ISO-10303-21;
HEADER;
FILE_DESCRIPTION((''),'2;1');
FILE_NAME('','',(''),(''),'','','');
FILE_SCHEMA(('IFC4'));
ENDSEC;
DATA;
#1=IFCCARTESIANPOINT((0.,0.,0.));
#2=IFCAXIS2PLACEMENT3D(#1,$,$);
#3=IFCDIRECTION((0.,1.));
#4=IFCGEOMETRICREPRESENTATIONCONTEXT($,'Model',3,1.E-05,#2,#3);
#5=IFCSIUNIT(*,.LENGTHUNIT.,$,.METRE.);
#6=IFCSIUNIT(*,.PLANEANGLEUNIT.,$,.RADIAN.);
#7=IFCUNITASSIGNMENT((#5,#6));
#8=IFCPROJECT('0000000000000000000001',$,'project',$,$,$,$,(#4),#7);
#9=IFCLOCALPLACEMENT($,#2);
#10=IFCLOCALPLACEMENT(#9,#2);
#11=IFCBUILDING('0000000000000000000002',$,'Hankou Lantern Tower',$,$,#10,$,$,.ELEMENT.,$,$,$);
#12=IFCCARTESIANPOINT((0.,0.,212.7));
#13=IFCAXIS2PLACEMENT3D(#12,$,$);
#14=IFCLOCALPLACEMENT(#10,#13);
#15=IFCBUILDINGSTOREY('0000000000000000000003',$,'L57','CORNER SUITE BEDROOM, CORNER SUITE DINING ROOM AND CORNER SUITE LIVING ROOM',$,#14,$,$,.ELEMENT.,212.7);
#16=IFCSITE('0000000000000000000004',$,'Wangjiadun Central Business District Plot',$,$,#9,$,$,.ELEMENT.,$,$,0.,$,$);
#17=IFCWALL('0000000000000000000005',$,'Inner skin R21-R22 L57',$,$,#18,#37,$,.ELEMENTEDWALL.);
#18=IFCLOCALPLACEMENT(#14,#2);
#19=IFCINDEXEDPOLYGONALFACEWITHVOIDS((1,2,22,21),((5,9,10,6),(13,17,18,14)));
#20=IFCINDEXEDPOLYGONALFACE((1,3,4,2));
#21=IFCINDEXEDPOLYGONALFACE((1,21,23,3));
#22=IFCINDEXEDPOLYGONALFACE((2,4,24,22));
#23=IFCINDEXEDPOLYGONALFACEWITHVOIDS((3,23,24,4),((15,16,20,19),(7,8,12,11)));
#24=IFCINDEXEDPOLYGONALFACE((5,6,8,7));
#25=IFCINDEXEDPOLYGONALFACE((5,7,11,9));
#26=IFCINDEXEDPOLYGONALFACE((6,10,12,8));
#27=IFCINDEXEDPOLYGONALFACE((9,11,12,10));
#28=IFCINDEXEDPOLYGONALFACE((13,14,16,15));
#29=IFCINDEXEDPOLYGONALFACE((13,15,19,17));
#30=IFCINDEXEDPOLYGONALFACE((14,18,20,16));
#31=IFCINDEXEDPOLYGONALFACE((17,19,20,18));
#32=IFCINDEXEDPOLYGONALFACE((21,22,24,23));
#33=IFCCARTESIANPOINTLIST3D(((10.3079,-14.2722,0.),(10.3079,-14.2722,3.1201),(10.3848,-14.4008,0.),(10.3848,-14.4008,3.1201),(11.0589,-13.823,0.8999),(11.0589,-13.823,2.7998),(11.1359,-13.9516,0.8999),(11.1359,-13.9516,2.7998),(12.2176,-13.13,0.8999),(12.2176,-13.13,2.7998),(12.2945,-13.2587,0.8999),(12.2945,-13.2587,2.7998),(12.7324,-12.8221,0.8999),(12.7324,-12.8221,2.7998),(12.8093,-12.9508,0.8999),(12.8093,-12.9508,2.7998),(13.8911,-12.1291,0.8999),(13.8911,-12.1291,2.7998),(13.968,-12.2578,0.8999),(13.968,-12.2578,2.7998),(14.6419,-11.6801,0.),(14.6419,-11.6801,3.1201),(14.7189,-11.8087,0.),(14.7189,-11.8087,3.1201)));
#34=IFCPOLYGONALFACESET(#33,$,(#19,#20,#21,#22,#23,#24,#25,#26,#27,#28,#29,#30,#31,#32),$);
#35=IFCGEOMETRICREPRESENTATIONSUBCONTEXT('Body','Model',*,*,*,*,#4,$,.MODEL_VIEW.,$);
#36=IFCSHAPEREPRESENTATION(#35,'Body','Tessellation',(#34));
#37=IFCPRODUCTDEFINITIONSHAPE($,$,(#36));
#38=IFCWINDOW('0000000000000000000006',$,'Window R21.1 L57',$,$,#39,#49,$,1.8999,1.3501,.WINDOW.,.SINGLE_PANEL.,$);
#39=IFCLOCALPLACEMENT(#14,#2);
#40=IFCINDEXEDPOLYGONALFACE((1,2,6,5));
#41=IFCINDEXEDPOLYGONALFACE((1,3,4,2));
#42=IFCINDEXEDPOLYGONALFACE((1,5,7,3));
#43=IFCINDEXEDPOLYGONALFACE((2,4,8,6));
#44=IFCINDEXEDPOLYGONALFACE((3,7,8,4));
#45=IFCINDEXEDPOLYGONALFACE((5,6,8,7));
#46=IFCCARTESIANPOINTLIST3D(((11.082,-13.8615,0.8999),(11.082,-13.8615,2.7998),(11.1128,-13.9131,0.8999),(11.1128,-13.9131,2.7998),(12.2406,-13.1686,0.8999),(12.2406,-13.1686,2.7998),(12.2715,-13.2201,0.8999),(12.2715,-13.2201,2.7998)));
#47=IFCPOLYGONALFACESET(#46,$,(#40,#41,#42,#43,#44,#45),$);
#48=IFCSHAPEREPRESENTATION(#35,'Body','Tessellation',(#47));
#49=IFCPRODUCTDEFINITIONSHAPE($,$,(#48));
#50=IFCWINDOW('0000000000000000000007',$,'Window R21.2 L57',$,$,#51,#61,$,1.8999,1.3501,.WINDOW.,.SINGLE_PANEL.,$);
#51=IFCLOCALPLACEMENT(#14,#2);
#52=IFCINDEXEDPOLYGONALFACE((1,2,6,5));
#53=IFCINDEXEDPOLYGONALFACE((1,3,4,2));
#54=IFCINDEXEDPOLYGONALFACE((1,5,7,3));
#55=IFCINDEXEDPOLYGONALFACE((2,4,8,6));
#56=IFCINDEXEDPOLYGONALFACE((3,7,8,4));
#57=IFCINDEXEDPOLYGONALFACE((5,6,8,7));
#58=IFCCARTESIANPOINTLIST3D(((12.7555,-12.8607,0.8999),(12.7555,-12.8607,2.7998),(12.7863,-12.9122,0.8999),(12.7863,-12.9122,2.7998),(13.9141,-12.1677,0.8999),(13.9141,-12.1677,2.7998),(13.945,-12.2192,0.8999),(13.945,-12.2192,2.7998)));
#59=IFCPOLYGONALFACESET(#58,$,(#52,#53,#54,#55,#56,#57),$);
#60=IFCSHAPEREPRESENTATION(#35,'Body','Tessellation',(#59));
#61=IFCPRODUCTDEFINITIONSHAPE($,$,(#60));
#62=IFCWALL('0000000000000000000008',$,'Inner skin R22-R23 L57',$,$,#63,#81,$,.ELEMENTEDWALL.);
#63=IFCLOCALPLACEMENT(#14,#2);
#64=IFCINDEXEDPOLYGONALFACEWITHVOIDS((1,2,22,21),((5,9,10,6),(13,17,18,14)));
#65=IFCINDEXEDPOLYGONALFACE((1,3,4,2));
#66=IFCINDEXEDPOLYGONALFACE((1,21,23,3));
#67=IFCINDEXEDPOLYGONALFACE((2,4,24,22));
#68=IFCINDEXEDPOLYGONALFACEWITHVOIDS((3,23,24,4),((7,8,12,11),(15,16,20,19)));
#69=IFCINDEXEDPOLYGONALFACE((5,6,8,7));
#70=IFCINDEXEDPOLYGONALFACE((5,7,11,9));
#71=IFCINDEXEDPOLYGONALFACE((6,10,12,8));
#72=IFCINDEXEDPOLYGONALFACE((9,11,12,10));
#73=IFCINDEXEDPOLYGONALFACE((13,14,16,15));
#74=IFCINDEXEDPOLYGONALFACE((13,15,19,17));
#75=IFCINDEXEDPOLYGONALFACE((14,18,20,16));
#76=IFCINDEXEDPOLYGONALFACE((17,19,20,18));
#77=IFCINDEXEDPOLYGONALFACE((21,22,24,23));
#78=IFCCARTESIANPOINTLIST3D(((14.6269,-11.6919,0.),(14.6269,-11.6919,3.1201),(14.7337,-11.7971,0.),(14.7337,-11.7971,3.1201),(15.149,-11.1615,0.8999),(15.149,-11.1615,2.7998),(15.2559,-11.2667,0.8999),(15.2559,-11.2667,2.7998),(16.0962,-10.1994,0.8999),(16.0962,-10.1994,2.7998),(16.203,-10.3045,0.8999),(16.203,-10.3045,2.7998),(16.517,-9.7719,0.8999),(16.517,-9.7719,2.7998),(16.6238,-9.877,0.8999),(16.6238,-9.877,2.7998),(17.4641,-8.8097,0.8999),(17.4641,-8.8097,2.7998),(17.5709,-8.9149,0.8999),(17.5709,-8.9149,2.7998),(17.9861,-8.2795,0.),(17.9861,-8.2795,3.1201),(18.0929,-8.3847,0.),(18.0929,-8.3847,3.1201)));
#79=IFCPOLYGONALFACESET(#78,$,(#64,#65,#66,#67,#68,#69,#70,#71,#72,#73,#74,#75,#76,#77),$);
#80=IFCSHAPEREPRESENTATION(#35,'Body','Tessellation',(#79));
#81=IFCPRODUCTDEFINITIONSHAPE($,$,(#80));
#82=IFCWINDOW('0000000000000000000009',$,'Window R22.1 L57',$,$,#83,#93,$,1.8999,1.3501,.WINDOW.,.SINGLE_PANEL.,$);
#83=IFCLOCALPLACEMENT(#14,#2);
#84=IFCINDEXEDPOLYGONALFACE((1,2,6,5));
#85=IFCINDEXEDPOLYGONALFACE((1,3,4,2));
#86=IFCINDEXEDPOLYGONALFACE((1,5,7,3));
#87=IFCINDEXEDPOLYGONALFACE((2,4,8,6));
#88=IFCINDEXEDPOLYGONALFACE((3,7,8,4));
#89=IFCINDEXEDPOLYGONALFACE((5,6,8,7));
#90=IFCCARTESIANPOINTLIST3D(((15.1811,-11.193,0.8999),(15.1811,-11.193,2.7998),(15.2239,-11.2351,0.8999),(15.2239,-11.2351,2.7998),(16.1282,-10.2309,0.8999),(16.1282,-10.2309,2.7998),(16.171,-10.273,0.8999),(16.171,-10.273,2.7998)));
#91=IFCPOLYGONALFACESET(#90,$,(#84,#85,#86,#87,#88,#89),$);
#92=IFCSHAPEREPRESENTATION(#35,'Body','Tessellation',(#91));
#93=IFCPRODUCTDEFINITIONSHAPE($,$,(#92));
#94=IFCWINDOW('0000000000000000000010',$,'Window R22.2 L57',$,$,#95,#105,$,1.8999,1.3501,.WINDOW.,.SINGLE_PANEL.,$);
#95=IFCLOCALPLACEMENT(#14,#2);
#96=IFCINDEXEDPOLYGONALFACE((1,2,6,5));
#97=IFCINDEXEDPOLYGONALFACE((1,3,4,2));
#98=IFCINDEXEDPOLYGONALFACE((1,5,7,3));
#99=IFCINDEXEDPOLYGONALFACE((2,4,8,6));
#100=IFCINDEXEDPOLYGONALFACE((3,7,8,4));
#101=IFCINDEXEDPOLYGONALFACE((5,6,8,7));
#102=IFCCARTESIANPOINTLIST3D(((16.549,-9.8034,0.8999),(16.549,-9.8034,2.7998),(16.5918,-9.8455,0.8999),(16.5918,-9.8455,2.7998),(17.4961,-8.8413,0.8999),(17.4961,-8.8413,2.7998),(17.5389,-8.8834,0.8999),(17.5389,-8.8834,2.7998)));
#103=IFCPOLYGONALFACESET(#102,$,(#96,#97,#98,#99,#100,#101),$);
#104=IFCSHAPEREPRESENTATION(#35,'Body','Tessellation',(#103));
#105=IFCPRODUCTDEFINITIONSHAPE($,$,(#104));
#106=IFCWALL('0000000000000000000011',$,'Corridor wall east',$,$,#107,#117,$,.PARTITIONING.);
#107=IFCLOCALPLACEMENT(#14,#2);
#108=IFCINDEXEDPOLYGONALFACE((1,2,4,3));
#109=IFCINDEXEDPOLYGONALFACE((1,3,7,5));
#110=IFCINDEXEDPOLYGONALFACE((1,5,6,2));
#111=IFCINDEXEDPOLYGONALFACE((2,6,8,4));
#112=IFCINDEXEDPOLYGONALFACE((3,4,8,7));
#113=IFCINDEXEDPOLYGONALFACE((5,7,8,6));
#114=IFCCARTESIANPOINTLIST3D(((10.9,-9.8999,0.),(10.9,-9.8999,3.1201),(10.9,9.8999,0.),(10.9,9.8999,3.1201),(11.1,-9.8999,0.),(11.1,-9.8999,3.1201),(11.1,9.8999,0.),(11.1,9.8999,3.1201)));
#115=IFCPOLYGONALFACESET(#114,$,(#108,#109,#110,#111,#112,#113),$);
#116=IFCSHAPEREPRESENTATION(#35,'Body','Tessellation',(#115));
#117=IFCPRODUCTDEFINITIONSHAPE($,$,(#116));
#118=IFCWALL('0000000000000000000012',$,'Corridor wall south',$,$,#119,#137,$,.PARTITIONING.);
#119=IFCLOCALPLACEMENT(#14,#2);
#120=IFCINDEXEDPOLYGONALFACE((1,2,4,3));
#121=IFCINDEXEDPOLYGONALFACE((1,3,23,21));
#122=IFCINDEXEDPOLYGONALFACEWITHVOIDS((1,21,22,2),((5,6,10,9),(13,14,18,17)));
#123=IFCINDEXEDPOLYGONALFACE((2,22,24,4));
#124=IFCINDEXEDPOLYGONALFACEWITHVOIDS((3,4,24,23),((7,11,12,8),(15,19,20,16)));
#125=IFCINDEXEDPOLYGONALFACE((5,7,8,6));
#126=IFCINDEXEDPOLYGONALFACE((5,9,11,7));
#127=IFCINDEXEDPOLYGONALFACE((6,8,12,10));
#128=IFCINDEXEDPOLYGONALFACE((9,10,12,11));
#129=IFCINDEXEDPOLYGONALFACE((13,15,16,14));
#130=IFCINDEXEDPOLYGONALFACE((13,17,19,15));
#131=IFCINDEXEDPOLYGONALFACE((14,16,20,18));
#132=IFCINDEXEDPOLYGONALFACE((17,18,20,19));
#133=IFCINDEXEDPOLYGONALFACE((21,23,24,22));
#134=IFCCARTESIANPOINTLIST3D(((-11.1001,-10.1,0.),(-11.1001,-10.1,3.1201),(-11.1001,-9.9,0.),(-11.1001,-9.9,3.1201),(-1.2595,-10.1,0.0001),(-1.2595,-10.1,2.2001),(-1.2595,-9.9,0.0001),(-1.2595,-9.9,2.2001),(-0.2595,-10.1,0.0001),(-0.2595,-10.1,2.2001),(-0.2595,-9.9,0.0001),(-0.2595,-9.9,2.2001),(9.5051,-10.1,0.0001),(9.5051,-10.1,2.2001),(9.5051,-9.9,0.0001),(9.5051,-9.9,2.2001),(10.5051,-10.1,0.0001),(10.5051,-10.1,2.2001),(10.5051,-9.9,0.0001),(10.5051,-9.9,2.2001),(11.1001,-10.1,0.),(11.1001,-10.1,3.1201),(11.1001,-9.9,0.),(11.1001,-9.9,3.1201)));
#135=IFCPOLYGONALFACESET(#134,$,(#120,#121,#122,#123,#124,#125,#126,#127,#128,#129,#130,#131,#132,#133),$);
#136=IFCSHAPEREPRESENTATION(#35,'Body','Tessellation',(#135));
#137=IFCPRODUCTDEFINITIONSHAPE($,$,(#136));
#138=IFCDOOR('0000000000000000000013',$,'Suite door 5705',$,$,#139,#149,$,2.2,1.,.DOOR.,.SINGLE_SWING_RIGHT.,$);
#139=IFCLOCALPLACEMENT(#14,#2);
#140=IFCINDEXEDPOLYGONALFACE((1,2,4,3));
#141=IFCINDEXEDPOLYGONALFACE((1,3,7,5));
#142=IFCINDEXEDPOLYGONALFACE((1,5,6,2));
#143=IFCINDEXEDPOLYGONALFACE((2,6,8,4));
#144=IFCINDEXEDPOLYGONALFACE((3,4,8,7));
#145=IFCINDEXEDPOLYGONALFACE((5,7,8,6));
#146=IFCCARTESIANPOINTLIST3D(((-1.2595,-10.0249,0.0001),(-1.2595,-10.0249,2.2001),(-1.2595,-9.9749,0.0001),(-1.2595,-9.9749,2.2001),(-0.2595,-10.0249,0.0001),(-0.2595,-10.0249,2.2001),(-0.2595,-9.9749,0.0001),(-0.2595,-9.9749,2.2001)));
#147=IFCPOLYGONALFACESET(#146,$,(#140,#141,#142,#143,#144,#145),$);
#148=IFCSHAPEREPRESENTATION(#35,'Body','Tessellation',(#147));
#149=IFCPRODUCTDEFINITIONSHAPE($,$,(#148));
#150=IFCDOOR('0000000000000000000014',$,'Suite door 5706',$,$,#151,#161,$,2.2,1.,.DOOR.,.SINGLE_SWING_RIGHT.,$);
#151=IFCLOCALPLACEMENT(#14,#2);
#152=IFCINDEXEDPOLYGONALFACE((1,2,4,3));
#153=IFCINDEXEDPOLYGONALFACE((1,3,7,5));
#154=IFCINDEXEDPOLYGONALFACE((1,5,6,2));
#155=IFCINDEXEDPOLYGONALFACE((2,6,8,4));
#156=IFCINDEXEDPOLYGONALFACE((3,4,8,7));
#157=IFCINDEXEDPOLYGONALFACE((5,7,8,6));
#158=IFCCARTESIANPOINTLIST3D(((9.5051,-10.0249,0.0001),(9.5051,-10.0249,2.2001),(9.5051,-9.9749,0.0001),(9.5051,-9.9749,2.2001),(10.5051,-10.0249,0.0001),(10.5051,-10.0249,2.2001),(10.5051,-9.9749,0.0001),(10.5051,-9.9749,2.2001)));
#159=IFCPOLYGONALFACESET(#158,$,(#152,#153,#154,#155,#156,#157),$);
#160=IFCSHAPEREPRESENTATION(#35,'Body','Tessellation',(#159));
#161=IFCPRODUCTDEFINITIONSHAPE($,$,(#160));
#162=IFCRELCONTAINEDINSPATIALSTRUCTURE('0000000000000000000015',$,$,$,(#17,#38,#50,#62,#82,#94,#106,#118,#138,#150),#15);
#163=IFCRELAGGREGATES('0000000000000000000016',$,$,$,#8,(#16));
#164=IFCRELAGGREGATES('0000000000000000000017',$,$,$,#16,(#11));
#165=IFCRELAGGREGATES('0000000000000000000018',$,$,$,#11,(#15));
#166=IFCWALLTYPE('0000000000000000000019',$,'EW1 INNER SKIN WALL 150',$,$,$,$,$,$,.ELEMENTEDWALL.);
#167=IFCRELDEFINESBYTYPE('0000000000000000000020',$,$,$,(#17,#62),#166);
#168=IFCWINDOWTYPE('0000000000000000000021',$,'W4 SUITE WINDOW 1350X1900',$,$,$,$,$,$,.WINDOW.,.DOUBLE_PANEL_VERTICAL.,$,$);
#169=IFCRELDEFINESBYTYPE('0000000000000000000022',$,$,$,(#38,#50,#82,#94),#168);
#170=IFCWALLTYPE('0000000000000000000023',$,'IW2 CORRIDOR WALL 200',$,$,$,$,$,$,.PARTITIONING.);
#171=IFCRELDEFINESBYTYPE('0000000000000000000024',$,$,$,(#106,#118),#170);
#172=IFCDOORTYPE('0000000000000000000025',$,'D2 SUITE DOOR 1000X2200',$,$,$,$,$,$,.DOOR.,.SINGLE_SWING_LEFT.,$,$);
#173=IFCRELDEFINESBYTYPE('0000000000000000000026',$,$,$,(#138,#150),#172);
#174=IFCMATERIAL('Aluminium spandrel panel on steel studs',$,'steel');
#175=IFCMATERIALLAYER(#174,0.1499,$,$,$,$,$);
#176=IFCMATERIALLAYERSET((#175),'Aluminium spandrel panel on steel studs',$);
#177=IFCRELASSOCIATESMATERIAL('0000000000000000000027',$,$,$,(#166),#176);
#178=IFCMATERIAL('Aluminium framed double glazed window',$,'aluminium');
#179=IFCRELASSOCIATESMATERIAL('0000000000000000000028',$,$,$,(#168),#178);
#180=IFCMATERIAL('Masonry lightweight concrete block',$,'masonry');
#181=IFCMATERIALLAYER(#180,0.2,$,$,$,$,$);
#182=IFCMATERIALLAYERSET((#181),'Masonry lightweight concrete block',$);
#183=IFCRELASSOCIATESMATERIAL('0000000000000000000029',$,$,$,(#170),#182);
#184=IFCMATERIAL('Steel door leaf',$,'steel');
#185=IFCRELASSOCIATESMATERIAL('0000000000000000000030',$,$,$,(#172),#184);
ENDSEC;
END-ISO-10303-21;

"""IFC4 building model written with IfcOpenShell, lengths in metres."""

from ifc_helpers import new_model, si_unit, direction, frame, frame_2d, origin, place, context, subcontext, project, spatial, rectangle, extrude, material, layer, layer_set, type_object, element, fill, save


model = new_model("IFC4")

# Units and contexts
model_context = context("Model", 3, precision=1e-05, world=origin(), true_north=direction((0.0, 1.0)))
body_context = subcontext(model_context, "Body", "Model", "MODEL_VIEW")
ifc_project = project(units=[si_unit("LENGTHUNIT", "METRE"), si_unit("PLANEANGLEUNIT", "RADIAN")], contexts=[model_context])

# Site, building, storey
site_placement = place(None, origin())
site = spatial("IfcSite", under=ifc_project, at=site_placement, Name="Wangjiadun Central Business District Plot", CompositionType="ELEMENT", RefElevation=0.0)
building_placement = place(site_placement, origin())
building = spatial("IfcBuilding", under=site, at=building_placement, Name="Hankou Lantern Tower", CompositionType="ELEMENT")
storey_placement = place(building_placement, frame((0.0, 0.0, 212.7)))
storey = spatial("IfcBuildingStorey", under=building, at=storey_placement, Name="L57", Description="CORNER SUITE BEDROOM, CORNER SUITE DINING ROOM AND CORNER SUITE LIVING ROOM", CompositionType="ELEMENT", Elevation=212.7)

# Walls, openings, windows
ifc_material_1 = material(Name="Aluminium spandrel panel on steel studs", Category="steel")
ifc_layer_1 = layer(ifc_material_1, 0.1499)
ifc_layer_set_1 = layer_set([ifc_layer_1], Name="Aluminium spandrel panel on steel studs")
wall_type_1 = type_object("IfcWallType", Name="EW1 INNER SKIN WALL 150", PredefinedType="ELEMENTEDWALL", material=ifc_layer_set_1)
wall_1_placement = place(storey_placement, frame((10.3464, -14.3364, 0.0), z_axis=(0.0, 0.0, 1.0), x_axis=(0.858222, 0.51328, 0.0)))
wall_1 = element("IfcWall", 1, at=wall_1_placement, inside=storey, type_object=wall_type_1, Name="Inner skin R21-R22 L57", PredefinedType="ELEMENTEDWALL", context=body_context, shape_type="SweptSolid", body=[
    extrude(rectangle(XDim=5.05, YDim=0.1499, at=frame_2d((2.5249, 0.0))), origin(), (0.0, 0.0, 1.0), 3.1201),
])
opening_1_placement = place(wall_1_placement, frame((0.875, 0.0, 0.8999)))
opening_1 = element("IfcOpeningElement", 2, at=opening_1_placement, cuts=wall_1, PredefinedType="OPENING", context=body_context, shape_type="SweptSolid", body=[
    extrude(rectangle(XDim=1.3501, YDim=1.8999, at=frame_2d((0.675, 0.95))), frame((0.0, 0.085, 0.0), z_axis=(0.0, -1.0, 0.0), x_axis=(1.0, 0.0, 0.0)), (0.0, 0.0, 1.0), 0.1699),
])
opening_2_placement = place(wall_1_placement, frame((2.825, 0.0, 0.8999)))
opening_2 = element("IfcOpeningElement", 3, at=opening_2_placement, cuts=wall_1, PredefinedType="OPENING", context=body_context, shape_type="SweptSolid", body=[
    extrude(rectangle(XDim=1.3501, YDim=1.8999, at=frame_2d((0.675, 0.95))), frame((0.0, 0.085, 0.0), z_axis=(0.0, -1.0, 0.0), x_axis=(1.0, 0.0, 0.0)), (0.0, 0.0, 1.0), 0.1699),
])
ifc_material_2 = material(Name="Aluminium framed double glazed window", Category="aluminium")
window_type = type_object("IfcWindowType", Name="W4 SUITE WINDOW 1350X1900", PartitioningType="DOUBLE_PANEL_VERTICAL", PredefinedType="WINDOW", material=ifc_material_2)
window_1_placement = place(opening_1_placement, origin())
window_1 = element("IfcWindow", 4, at=window_1_placement, inside=storey, type_object=window_type, Name="Window R21.1 L57", OverallHeight=1.8999, OverallWidth=1.3501, PartitioningType="SINGLE_PANEL", PredefinedType="WINDOW", context=body_context, shape_type="SweptSolid", body=[
    extrude(rectangle(XDim=1.3501, YDim=1.8999, at=frame_2d((0.675, 0.95))), frame((0.0, 0.03, 0.0), z_axis=(0.0, -1.0, 0.0), x_axis=(1.0, 0.0, 0.0)), (0.0, 0.0, 1.0), 0.0601),
])
fill(opening_1, window_1)
window_2_placement = place(opening_2_placement, origin())
window_2 = element("IfcWindow", 5, at=window_2_placement, inside=storey, type_object=window_type, Name="Window R21.2 L57", OverallHeight=1.8999, OverallWidth=1.3501, PartitioningType="SINGLE_PANEL", PredefinedType="WINDOW", context=body_context, shape_type="SweptSolid", body=[
    extrude(rectangle(XDim=1.3501, YDim=1.8999, at=frame_2d((0.675, 0.95))), frame((0.0, 0.03, 0.0), z_axis=(0.0, -1.0, 0.0), x_axis=(1.0, 0.0, 0.0)), (0.0, 0.0, 1.0), 0.0601),
])
fill(opening_2, window_2)
wall_2_placement = place(storey_placement, frame((14.6804, -11.7444, 0.0), z_axis=(0.0, 0.0, 1.0), x_axis=(0.701527, 0.712643, 0.0)))
wall_2 = element("IfcWall", 6, at=wall_2_placement, inside=storey, type_object=wall_type_1, Name="Inner skin R22-R23 L57", PredefinedType="ELEMENTEDWALL", context=body_context, shape_type="SweptSolid", body=[
    extrude(rectangle(XDim=4.7883, YDim=0.1499, at=frame_2d((2.394, 0.0))), origin(), (0.0, 0.0, 1.0), 3.1201),
])
opening_3_placement = place(wall_2_placement, frame((0.7441, 0.0, 0.8999)))
opening_3 = element("IfcOpeningElement", 7, at=opening_3_placement, cuts=wall_2, PredefinedType="OPENING", context=body_context, shape_type="SweptSolid", body=[
    extrude(rectangle(XDim=1.3501, YDim=1.8999, at=frame_2d((0.675, 0.95))), frame((0.0, 0.085, 0.0), z_axis=(0.0, -1.0, 0.0), x_axis=(1.0, 0.0, 0.0)), (0.0, 0.0, 1.0), 0.1699),
])
opening_4_placement = place(wall_2_placement, frame((2.6941, 0.0, 0.8999)))
opening_4 = element("IfcOpeningElement", 8, at=opening_4_placement, cuts=wall_2, PredefinedType="OPENING", context=body_context, shape_type="SweptSolid", body=[
    extrude(rectangle(XDim=1.3501, YDim=1.8999, at=frame_2d((0.675, 0.95))), frame((0.0, 0.085, 0.0), z_axis=(0.0, -1.0, 0.0), x_axis=(1.0, 0.0, 0.0)), (0.0, 0.0, 1.0), 0.1699),
])
window_3_placement = place(opening_3_placement, origin())
window_3 = element("IfcWindow", 9, at=window_3_placement, inside=storey, type_object=window_type, Name="Window R22.1 L57", OverallHeight=1.8999, OverallWidth=1.3501, PartitioningType="SINGLE_PANEL", PredefinedType="WINDOW", context=body_context, shape_type="SweptSolid", body=[
    extrude(rectangle(XDim=1.3501, YDim=1.8999, at=frame_2d((0.675, 0.95))), frame((0.0, 0.03, 0.0), z_axis=(0.0, -1.0, 0.0), x_axis=(1.0, 0.0, 0.0)), (0.0, 0.0, 1.0), 0.0601),
])
fill(opening_3, window_3)
window_4_placement = place(opening_4_placement, origin())
window_4 = element("IfcWindow", 10, at=window_4_placement, inside=storey, type_object=window_type, Name="Window R22.2 L57", OverallHeight=1.8999, OverallWidth=1.3501, PartitioningType="SINGLE_PANEL", PredefinedType="WINDOW", context=body_context, shape_type="SweptSolid", body=[
    extrude(rectangle(XDim=1.3501, YDim=1.8999, at=frame_2d((0.675, 0.95))), frame((0.0, 0.03, 0.0), z_axis=(0.0, -1.0, 0.0), x_axis=(1.0, 0.0, 0.0)), (0.0, 0.0, 1.0), 0.0601),
])
fill(opening_4, window_4)

# Wall
ifc_material_3 = material(Name="Masonry lightweight concrete block", Category="masonry")
ifc_layer_2 = layer(ifc_material_3, 0.2)
ifc_layer_set_2 = layer_set([ifc_layer_2], Name="Masonry lightweight concrete block")
wall_type_2 = type_object("IfcWallType", Name="IW2 CORRIDOR WALL 200", PredefinedType="PARTITIONING", material=ifc_layer_set_2)
wall_3_placement = place(storey_placement, frame((11.0, -9.8999, 0.0), z_axis=(0.0, 0.0, 1.0), x_axis=(0.0, 1.0, 0.0)))
element("IfcWall", 11, at=wall_3_placement, inside=storey, type_object=wall_type_2, Name="Corridor wall east", PredefinedType="PARTITIONING", context=body_context, shape_type="SweptSolid", body=[
    extrude(rectangle(XDim=19.7998, YDim=0.2, at=frame_2d((9.8999, 0.0))), origin(), (0.0, 0.0, 1.0), 3.1201),
])

# Wall, openings, doors
wall_4_placement = place(storey_placement, frame((11.1001, -10.0, 0.0), z_axis=(0.0, 0.0, 1.0), x_axis=(-1.0, 0.0, 0.0)))
wall_4 = element("IfcWall", 12, at=wall_4_placement, inside=storey, type_object=wall_type_2, Name="Corridor wall south", PredefinedType="PARTITIONING", context=body_context, shape_type="SweptSolid", body=[
    extrude(rectangle(XDim=22.2002, YDim=0.2, at=frame_2d((11.1001, 0.0))), origin(), (0.0, 0.0, 1.0), 3.1201),
])
opening_5_placement = place(wall_4_placement, frame((11.3596, 0.0, 0.0)))
opening_5 = element("IfcOpeningElement", 13, at=opening_5_placement, cuts=wall_4, PredefinedType="OPENING", context=body_context, shape_type="SweptSolid", body=[
    extrude(rectangle(XDim=1.0, YDim=2.2, at=frame_2d((0.5, 1.1001))), frame((0.0, 0.1099, 0.0), z_axis=(0.0, -1.0, 0.0), x_axis=(1.0, 0.0, 0.0)), (0.0, 0.0, 1.0), 0.22),
])
opening_6_placement = place(wall_4_placement, frame((0.595, 0.0, 0.0)))
opening_6 = element("IfcOpeningElement", 14, at=opening_6_placement, cuts=wall_4, PredefinedType="OPENING", context=body_context, shape_type="SweptSolid", body=[
    extrude(rectangle(XDim=1.0, YDim=2.2, at=frame_2d((0.5, 1.1001))), frame((0.0, 0.1099, 0.0), z_axis=(0.0, -1.0, 0.0), x_axis=(1.0, 0.0, 0.0)), (0.0, 0.0, 1.0), 0.22),
])
ifc_material_4 = material(Name="Steel door leaf", Category="steel")
door_type_1 = type_object("IfcDoorType", Name="D2 SUITE DOOR 1000X2200", OperationType="SINGLE_SWING_LEFT", PredefinedType="DOOR", material=ifc_material_4)
door_1_placement = place(opening_5_placement, origin())
door_1 = element("IfcDoor", 15, at=door_1_placement, inside=storey, type_object=door_type_1, Name="Suite door 5705", OperationType="SINGLE_SWING_RIGHT", OverallHeight=2.2, OverallWidth=1.0, PredefinedType="DOOR", context=body_context, shape_type="SweptSolid", body=[
    extrude(rectangle(XDim=1.0, YDim=2.2, at=frame_2d((0.5, 1.1001))), frame((0.0, 0.0249, 0.0), z_axis=(0.0, -1.0, 0.0), x_axis=(1.0, 0.0, 0.0)), (0.0, 0.0, 1.0), 0.05),
])
fill(opening_5, door_1)
door_2_placement = place(opening_6_placement, origin())
door_2 = element("IfcDoor", 16, at=door_2_placement, inside=storey, type_object=door_type_1, Name="Suite door 5706", OperationType="SINGLE_SWING_RIGHT", OverallHeight=2.2, OverallWidth=1.0, PredefinedType="DOOR", context=body_context, shape_type="SweptSolid", body=[
    extrude(rectangle(XDim=1.0, YDim=2.2, at=frame_2d((0.5, 1.1001))), frame((0.0, 0.0249, 0.0), z_axis=(0.0, -1.0, 0.0), x_axis=(1.0, 0.0, 0.0)), (0.0, 0.0, 1.0), 0.05),
])
fill(opening_6, door_2)

save(model, "model.ifc")
